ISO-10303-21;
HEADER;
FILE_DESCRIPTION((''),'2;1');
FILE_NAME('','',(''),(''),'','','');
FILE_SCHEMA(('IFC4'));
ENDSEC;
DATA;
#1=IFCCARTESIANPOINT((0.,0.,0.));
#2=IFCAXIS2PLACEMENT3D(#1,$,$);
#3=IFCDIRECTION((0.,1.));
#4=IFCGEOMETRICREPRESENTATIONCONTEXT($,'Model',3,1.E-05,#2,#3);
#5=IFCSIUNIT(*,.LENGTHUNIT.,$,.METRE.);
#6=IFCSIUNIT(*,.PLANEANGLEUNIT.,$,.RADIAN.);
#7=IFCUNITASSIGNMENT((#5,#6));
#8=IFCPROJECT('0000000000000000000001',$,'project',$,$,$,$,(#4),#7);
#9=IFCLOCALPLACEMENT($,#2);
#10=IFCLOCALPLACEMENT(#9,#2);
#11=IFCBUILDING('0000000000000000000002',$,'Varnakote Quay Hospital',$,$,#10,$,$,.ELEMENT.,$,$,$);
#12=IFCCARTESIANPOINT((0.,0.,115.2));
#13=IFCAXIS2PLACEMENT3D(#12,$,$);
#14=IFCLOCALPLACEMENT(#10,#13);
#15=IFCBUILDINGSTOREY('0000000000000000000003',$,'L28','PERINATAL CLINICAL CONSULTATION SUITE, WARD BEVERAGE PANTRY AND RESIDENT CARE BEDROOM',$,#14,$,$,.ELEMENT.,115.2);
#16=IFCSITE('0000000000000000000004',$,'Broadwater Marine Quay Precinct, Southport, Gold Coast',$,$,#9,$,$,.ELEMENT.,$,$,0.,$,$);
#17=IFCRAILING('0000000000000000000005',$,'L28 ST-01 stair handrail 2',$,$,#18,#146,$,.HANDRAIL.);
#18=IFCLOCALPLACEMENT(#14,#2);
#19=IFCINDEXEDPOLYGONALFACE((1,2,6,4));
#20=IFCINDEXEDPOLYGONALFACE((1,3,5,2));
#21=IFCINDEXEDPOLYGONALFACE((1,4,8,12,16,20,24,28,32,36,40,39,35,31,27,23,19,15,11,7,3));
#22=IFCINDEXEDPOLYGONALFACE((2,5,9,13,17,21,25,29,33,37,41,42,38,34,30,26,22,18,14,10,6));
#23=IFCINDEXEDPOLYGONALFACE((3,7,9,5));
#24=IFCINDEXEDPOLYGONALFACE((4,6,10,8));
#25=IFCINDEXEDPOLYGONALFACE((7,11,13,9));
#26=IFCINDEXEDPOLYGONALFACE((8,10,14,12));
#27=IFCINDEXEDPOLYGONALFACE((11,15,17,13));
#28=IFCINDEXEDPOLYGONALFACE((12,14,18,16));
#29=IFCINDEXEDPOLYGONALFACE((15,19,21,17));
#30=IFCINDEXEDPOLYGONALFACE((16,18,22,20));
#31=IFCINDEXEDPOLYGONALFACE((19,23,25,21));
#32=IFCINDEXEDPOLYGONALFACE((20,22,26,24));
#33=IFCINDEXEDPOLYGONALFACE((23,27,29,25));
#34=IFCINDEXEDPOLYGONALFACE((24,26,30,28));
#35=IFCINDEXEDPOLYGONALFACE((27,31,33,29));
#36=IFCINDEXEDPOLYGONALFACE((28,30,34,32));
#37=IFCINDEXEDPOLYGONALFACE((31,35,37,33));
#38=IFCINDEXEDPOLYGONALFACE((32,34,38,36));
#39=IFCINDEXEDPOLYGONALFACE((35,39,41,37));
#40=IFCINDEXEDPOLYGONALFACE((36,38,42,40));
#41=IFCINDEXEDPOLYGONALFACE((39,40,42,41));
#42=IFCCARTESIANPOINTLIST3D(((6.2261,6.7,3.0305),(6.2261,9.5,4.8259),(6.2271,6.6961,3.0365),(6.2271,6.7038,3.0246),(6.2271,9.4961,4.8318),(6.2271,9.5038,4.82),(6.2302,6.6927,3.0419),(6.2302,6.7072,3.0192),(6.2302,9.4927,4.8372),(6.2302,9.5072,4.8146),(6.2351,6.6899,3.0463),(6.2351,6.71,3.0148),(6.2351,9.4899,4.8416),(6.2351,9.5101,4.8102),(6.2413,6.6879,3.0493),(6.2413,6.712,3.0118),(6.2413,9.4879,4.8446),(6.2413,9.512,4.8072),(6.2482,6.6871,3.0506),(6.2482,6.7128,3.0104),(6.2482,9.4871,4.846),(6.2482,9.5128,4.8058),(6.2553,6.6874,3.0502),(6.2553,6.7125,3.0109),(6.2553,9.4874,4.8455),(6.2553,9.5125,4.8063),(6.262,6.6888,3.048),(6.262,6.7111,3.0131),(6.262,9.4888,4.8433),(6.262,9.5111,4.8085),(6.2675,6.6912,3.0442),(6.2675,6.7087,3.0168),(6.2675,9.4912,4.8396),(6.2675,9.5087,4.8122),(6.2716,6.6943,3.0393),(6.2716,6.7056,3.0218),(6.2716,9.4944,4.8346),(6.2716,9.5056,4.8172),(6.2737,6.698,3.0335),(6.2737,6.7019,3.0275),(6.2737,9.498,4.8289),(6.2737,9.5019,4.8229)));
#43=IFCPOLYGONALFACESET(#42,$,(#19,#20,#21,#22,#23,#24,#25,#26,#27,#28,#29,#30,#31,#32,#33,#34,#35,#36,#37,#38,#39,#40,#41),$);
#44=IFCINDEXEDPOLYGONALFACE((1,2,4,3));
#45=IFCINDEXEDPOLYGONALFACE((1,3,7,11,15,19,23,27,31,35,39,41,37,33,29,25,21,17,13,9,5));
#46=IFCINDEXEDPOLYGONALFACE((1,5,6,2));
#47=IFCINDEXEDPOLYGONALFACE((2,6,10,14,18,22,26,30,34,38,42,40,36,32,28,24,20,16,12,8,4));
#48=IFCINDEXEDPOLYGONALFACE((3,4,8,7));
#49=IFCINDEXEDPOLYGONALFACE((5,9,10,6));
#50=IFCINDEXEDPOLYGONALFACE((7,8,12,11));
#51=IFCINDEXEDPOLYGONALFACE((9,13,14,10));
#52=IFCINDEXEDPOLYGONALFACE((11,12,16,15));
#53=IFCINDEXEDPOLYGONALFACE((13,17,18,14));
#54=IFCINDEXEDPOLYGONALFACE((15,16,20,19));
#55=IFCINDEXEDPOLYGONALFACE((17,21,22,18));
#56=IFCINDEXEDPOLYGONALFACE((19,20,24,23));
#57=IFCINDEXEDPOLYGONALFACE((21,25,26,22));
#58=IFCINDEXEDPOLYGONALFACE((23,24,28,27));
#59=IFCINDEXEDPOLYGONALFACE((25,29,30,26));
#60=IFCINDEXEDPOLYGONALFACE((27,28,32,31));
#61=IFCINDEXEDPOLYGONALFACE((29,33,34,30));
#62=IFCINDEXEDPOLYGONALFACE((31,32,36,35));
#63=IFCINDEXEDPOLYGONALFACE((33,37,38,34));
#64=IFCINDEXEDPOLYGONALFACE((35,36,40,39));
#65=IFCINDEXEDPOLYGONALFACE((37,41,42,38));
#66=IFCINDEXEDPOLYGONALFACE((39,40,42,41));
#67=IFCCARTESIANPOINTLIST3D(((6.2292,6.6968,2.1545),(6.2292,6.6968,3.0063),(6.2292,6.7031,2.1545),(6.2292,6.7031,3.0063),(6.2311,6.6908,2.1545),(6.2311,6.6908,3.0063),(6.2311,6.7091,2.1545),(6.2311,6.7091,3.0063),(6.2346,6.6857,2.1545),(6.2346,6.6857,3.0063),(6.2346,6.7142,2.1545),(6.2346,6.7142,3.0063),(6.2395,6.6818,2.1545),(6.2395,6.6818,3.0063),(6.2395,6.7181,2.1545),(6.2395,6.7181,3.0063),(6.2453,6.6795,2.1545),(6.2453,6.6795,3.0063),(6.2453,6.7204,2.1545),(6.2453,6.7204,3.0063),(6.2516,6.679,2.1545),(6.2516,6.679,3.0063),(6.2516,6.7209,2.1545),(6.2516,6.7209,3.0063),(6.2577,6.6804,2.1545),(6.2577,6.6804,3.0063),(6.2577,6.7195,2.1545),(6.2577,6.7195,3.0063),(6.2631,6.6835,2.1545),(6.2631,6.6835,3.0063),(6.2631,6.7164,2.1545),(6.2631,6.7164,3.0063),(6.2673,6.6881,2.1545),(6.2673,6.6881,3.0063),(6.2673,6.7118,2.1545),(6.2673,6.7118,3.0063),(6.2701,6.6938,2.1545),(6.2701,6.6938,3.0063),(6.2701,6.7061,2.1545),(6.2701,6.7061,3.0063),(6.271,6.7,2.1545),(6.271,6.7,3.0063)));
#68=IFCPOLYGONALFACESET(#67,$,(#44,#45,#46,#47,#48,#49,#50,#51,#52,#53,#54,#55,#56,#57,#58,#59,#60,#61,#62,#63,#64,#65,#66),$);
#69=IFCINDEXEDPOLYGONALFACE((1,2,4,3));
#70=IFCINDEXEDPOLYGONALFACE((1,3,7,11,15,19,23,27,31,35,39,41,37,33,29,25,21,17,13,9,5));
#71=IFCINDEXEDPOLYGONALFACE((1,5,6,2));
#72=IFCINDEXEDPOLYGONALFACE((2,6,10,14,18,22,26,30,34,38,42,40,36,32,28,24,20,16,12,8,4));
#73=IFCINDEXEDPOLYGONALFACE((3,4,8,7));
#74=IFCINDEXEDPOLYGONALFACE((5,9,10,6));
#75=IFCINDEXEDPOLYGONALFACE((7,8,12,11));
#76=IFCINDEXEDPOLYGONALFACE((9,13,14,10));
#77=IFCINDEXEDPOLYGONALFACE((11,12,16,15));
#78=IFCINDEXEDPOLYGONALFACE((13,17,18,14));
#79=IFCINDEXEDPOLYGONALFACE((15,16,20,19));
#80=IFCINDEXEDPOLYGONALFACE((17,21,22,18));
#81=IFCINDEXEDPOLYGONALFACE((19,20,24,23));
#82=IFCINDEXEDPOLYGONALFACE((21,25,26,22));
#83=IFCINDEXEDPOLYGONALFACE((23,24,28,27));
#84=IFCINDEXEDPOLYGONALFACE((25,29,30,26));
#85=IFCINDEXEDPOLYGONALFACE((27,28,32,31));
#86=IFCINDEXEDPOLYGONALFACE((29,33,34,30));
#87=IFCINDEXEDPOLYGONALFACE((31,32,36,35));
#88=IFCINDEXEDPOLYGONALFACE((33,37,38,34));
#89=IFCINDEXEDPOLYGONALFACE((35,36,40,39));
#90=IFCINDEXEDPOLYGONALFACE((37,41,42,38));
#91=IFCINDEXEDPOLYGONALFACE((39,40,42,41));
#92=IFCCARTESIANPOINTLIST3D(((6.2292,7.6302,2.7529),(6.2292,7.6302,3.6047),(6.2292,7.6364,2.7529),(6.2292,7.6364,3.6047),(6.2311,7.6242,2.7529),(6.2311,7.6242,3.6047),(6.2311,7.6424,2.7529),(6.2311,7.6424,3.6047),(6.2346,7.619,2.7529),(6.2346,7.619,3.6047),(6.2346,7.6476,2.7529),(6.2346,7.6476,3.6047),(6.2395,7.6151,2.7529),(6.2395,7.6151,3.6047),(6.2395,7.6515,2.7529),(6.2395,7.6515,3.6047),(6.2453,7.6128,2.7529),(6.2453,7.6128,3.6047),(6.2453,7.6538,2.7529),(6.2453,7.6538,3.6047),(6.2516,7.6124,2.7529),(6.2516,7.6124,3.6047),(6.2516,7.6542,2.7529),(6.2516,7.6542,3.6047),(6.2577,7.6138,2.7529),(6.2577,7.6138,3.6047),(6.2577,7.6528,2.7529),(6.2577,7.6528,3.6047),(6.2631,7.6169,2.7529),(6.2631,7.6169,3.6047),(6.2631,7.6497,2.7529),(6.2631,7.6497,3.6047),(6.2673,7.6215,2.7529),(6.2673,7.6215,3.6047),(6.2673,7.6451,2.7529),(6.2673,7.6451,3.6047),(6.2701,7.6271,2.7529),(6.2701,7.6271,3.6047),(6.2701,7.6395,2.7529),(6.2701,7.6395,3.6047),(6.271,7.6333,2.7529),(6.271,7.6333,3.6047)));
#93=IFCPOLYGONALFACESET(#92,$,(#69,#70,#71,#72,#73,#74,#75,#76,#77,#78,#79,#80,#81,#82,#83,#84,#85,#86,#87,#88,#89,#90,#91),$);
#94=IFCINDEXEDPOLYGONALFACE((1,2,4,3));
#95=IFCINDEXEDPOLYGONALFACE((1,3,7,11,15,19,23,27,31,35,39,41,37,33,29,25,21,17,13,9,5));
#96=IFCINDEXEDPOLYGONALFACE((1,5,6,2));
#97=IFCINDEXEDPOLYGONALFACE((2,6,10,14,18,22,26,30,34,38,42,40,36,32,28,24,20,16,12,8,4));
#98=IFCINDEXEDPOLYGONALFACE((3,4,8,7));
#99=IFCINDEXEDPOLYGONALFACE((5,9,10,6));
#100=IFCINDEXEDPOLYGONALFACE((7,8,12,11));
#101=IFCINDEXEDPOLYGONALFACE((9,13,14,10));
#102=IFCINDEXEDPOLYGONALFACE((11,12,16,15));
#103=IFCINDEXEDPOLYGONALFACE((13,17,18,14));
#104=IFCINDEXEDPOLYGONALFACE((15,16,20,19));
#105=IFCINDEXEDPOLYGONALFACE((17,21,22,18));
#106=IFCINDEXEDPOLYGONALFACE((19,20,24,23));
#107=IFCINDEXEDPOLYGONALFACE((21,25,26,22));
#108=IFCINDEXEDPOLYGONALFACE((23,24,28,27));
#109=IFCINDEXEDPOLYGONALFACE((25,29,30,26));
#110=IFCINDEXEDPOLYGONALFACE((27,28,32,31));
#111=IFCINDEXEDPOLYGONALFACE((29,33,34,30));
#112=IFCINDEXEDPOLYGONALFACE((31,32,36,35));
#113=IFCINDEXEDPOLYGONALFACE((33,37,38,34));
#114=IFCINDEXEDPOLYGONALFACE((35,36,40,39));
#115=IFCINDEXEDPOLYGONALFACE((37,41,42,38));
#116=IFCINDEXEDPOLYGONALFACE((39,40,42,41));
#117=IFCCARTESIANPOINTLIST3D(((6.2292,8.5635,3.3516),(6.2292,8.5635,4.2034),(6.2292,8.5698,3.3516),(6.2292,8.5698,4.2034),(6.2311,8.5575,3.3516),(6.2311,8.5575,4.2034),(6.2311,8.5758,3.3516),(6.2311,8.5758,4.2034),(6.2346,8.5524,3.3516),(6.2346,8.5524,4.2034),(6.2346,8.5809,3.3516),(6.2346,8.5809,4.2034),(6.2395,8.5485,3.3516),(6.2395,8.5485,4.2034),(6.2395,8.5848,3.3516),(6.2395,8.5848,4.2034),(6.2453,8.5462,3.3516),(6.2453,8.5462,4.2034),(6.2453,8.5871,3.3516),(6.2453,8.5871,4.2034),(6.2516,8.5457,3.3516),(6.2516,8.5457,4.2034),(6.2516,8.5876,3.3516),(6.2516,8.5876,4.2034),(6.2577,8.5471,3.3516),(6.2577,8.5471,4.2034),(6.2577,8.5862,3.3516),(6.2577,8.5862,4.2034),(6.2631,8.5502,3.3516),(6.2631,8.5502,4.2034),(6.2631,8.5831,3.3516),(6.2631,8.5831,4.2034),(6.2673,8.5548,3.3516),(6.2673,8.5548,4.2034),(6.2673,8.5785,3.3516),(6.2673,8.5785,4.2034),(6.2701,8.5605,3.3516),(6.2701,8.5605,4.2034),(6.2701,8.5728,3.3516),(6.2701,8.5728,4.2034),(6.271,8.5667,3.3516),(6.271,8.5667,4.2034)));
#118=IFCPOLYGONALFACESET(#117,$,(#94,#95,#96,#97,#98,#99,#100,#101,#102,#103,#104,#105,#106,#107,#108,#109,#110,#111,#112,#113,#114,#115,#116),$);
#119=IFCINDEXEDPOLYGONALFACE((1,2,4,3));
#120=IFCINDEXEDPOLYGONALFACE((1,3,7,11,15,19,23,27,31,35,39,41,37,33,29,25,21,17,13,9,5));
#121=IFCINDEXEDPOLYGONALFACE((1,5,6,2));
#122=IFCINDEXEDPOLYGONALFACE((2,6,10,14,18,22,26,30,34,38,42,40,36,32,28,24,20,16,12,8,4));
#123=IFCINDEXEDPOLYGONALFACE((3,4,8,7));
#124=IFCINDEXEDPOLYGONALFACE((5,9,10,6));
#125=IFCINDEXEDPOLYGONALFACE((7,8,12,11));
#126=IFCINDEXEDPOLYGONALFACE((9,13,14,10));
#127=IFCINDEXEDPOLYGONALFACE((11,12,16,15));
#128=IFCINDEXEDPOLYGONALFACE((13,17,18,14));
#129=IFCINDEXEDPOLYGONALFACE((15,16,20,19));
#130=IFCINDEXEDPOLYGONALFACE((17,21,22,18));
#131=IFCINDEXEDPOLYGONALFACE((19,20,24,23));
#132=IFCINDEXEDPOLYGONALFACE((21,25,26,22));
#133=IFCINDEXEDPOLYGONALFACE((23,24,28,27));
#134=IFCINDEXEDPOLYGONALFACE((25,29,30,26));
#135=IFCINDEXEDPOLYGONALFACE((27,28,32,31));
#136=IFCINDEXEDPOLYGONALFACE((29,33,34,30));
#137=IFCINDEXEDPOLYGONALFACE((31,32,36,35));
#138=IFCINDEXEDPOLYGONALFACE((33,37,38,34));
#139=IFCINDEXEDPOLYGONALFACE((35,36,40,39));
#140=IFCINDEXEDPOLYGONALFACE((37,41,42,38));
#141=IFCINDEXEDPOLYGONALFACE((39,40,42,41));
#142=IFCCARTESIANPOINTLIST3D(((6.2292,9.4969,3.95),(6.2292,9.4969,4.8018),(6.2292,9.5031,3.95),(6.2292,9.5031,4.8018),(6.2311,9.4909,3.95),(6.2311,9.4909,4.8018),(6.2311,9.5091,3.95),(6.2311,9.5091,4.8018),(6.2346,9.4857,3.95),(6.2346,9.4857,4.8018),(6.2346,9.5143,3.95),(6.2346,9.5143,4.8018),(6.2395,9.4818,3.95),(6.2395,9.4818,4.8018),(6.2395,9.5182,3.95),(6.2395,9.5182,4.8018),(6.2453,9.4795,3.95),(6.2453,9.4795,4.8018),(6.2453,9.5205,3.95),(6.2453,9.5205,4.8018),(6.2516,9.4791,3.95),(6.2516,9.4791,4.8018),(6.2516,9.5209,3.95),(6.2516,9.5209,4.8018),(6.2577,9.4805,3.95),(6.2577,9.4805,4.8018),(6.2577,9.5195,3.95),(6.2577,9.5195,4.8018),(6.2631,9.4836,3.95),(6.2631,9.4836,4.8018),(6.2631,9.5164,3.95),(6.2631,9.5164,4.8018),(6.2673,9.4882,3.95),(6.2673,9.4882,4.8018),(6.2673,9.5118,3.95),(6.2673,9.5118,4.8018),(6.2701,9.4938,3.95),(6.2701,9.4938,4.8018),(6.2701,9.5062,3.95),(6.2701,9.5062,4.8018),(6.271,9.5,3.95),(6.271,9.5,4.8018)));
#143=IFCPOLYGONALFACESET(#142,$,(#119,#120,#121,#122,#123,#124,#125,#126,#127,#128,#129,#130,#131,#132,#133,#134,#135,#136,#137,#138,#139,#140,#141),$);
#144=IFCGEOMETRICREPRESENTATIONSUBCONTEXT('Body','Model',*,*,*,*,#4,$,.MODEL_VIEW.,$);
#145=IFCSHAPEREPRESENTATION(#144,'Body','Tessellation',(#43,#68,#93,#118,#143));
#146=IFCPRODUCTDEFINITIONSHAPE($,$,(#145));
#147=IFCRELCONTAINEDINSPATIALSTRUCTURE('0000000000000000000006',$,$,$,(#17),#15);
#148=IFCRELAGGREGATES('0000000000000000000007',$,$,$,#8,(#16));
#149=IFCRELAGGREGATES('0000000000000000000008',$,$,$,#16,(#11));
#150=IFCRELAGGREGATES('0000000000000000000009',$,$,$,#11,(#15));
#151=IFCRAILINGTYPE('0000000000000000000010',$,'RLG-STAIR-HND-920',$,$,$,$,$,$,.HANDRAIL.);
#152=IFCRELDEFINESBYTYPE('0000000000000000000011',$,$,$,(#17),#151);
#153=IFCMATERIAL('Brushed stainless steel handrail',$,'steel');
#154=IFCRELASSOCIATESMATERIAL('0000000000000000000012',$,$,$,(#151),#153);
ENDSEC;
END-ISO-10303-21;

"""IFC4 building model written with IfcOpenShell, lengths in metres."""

from ifc_helpers import new_model, si_unit, direction, frame, origin, origin_2d, place, context, subcontext, project, spatial, circle, extrude, material, type_object, element, save


model = new_model("IFC4")

# Units and contexts
model_context = context("Model", 3, precision=1e-05, world=origin(), true_north=direction((0.0, 1.0)))
body_context = subcontext(model_context, "Body", "Model", "MODEL_VIEW")
ifc_project = project(units=[si_unit("LENGTHUNIT", "METRE"), si_unit("PLANEANGLEUNIT", "RADIAN")], contexts=[model_context])

# Site, building, storey
site_placement = place(None, origin())
site = spatial("IfcSite", under=ifc_project, at=site_placement, Name="Broadwater Marine Quay Precinct, Southport, Gold Coast", CompositionType="ELEMENT", RefElevation=0.0)
building_placement = place(site_placement, origin())
building = spatial("IfcBuilding", under=site, at=building_placement, Name="Varnakote Quay Hospital", CompositionType="ELEMENT")
storey_placement = place(building_placement, frame((0.0, 0.0, 115.2)))
storey = spatial("IfcBuildingStorey", under=building, at=storey_placement, Name="L28", Description="PERINATAL CLINICAL CONSULTATION SUITE, WARD BEVERAGE PANTRY AND RESIDENT CARE BEDROOM", CompositionType="ELEMENT", Elevation=115.2)

# Railing
ifc_material_1 = material(Name="Brushed stainless steel handrail", Category="steel")
railing_type_1 = type_object("IfcRailingType", Name="RLG-STAIR-HND-920", PredefinedType="HANDRAIL", material=ifc_material_1)
railing_1_placement = place(storey_placement, frame((6.25, 6.7, 2.1545)))
element("IfcRailing", 1, at=railing_1_placement, inside=storey, type_object=railing_type_1, Name="L28 ST-01 stair handrail 2", PredefinedType="HANDRAIL", context=body_context, shape_type="SweptSolid", body=[
    extrude(circle(Radius=0.0239, at=origin_2d()), frame((0.0, 0.0, 0.876), z_axis=(0.0, 0.84181, 0.539774), x_axis=(-1.0, 0.0, 0.0)), (0.0, 0.0, 1.0), 3.3262),
    extrude(circle(Radius=0.021, at=origin_2d()), origin(), (0.0, 0.0, 1.0), 0.8518),
    extrude(circle(Radius=0.021, at=origin_2d()), frame((0.0, 0.9333, 0.5984)), (0.0, 0.0, 1.0), 0.8518),
    extrude(circle(Radius=0.021, at=origin_2d()), frame((0.0, 1.8667, 1.197)), (0.0, 0.0, 1.0), 0.8518),
    extrude(circle(Radius=0.021, at=origin_2d()), frame((0.0, 2.8, 1.7954)), (0.0, 0.0, 1.0), 0.8518),
])

save(model, "model.ifc")
